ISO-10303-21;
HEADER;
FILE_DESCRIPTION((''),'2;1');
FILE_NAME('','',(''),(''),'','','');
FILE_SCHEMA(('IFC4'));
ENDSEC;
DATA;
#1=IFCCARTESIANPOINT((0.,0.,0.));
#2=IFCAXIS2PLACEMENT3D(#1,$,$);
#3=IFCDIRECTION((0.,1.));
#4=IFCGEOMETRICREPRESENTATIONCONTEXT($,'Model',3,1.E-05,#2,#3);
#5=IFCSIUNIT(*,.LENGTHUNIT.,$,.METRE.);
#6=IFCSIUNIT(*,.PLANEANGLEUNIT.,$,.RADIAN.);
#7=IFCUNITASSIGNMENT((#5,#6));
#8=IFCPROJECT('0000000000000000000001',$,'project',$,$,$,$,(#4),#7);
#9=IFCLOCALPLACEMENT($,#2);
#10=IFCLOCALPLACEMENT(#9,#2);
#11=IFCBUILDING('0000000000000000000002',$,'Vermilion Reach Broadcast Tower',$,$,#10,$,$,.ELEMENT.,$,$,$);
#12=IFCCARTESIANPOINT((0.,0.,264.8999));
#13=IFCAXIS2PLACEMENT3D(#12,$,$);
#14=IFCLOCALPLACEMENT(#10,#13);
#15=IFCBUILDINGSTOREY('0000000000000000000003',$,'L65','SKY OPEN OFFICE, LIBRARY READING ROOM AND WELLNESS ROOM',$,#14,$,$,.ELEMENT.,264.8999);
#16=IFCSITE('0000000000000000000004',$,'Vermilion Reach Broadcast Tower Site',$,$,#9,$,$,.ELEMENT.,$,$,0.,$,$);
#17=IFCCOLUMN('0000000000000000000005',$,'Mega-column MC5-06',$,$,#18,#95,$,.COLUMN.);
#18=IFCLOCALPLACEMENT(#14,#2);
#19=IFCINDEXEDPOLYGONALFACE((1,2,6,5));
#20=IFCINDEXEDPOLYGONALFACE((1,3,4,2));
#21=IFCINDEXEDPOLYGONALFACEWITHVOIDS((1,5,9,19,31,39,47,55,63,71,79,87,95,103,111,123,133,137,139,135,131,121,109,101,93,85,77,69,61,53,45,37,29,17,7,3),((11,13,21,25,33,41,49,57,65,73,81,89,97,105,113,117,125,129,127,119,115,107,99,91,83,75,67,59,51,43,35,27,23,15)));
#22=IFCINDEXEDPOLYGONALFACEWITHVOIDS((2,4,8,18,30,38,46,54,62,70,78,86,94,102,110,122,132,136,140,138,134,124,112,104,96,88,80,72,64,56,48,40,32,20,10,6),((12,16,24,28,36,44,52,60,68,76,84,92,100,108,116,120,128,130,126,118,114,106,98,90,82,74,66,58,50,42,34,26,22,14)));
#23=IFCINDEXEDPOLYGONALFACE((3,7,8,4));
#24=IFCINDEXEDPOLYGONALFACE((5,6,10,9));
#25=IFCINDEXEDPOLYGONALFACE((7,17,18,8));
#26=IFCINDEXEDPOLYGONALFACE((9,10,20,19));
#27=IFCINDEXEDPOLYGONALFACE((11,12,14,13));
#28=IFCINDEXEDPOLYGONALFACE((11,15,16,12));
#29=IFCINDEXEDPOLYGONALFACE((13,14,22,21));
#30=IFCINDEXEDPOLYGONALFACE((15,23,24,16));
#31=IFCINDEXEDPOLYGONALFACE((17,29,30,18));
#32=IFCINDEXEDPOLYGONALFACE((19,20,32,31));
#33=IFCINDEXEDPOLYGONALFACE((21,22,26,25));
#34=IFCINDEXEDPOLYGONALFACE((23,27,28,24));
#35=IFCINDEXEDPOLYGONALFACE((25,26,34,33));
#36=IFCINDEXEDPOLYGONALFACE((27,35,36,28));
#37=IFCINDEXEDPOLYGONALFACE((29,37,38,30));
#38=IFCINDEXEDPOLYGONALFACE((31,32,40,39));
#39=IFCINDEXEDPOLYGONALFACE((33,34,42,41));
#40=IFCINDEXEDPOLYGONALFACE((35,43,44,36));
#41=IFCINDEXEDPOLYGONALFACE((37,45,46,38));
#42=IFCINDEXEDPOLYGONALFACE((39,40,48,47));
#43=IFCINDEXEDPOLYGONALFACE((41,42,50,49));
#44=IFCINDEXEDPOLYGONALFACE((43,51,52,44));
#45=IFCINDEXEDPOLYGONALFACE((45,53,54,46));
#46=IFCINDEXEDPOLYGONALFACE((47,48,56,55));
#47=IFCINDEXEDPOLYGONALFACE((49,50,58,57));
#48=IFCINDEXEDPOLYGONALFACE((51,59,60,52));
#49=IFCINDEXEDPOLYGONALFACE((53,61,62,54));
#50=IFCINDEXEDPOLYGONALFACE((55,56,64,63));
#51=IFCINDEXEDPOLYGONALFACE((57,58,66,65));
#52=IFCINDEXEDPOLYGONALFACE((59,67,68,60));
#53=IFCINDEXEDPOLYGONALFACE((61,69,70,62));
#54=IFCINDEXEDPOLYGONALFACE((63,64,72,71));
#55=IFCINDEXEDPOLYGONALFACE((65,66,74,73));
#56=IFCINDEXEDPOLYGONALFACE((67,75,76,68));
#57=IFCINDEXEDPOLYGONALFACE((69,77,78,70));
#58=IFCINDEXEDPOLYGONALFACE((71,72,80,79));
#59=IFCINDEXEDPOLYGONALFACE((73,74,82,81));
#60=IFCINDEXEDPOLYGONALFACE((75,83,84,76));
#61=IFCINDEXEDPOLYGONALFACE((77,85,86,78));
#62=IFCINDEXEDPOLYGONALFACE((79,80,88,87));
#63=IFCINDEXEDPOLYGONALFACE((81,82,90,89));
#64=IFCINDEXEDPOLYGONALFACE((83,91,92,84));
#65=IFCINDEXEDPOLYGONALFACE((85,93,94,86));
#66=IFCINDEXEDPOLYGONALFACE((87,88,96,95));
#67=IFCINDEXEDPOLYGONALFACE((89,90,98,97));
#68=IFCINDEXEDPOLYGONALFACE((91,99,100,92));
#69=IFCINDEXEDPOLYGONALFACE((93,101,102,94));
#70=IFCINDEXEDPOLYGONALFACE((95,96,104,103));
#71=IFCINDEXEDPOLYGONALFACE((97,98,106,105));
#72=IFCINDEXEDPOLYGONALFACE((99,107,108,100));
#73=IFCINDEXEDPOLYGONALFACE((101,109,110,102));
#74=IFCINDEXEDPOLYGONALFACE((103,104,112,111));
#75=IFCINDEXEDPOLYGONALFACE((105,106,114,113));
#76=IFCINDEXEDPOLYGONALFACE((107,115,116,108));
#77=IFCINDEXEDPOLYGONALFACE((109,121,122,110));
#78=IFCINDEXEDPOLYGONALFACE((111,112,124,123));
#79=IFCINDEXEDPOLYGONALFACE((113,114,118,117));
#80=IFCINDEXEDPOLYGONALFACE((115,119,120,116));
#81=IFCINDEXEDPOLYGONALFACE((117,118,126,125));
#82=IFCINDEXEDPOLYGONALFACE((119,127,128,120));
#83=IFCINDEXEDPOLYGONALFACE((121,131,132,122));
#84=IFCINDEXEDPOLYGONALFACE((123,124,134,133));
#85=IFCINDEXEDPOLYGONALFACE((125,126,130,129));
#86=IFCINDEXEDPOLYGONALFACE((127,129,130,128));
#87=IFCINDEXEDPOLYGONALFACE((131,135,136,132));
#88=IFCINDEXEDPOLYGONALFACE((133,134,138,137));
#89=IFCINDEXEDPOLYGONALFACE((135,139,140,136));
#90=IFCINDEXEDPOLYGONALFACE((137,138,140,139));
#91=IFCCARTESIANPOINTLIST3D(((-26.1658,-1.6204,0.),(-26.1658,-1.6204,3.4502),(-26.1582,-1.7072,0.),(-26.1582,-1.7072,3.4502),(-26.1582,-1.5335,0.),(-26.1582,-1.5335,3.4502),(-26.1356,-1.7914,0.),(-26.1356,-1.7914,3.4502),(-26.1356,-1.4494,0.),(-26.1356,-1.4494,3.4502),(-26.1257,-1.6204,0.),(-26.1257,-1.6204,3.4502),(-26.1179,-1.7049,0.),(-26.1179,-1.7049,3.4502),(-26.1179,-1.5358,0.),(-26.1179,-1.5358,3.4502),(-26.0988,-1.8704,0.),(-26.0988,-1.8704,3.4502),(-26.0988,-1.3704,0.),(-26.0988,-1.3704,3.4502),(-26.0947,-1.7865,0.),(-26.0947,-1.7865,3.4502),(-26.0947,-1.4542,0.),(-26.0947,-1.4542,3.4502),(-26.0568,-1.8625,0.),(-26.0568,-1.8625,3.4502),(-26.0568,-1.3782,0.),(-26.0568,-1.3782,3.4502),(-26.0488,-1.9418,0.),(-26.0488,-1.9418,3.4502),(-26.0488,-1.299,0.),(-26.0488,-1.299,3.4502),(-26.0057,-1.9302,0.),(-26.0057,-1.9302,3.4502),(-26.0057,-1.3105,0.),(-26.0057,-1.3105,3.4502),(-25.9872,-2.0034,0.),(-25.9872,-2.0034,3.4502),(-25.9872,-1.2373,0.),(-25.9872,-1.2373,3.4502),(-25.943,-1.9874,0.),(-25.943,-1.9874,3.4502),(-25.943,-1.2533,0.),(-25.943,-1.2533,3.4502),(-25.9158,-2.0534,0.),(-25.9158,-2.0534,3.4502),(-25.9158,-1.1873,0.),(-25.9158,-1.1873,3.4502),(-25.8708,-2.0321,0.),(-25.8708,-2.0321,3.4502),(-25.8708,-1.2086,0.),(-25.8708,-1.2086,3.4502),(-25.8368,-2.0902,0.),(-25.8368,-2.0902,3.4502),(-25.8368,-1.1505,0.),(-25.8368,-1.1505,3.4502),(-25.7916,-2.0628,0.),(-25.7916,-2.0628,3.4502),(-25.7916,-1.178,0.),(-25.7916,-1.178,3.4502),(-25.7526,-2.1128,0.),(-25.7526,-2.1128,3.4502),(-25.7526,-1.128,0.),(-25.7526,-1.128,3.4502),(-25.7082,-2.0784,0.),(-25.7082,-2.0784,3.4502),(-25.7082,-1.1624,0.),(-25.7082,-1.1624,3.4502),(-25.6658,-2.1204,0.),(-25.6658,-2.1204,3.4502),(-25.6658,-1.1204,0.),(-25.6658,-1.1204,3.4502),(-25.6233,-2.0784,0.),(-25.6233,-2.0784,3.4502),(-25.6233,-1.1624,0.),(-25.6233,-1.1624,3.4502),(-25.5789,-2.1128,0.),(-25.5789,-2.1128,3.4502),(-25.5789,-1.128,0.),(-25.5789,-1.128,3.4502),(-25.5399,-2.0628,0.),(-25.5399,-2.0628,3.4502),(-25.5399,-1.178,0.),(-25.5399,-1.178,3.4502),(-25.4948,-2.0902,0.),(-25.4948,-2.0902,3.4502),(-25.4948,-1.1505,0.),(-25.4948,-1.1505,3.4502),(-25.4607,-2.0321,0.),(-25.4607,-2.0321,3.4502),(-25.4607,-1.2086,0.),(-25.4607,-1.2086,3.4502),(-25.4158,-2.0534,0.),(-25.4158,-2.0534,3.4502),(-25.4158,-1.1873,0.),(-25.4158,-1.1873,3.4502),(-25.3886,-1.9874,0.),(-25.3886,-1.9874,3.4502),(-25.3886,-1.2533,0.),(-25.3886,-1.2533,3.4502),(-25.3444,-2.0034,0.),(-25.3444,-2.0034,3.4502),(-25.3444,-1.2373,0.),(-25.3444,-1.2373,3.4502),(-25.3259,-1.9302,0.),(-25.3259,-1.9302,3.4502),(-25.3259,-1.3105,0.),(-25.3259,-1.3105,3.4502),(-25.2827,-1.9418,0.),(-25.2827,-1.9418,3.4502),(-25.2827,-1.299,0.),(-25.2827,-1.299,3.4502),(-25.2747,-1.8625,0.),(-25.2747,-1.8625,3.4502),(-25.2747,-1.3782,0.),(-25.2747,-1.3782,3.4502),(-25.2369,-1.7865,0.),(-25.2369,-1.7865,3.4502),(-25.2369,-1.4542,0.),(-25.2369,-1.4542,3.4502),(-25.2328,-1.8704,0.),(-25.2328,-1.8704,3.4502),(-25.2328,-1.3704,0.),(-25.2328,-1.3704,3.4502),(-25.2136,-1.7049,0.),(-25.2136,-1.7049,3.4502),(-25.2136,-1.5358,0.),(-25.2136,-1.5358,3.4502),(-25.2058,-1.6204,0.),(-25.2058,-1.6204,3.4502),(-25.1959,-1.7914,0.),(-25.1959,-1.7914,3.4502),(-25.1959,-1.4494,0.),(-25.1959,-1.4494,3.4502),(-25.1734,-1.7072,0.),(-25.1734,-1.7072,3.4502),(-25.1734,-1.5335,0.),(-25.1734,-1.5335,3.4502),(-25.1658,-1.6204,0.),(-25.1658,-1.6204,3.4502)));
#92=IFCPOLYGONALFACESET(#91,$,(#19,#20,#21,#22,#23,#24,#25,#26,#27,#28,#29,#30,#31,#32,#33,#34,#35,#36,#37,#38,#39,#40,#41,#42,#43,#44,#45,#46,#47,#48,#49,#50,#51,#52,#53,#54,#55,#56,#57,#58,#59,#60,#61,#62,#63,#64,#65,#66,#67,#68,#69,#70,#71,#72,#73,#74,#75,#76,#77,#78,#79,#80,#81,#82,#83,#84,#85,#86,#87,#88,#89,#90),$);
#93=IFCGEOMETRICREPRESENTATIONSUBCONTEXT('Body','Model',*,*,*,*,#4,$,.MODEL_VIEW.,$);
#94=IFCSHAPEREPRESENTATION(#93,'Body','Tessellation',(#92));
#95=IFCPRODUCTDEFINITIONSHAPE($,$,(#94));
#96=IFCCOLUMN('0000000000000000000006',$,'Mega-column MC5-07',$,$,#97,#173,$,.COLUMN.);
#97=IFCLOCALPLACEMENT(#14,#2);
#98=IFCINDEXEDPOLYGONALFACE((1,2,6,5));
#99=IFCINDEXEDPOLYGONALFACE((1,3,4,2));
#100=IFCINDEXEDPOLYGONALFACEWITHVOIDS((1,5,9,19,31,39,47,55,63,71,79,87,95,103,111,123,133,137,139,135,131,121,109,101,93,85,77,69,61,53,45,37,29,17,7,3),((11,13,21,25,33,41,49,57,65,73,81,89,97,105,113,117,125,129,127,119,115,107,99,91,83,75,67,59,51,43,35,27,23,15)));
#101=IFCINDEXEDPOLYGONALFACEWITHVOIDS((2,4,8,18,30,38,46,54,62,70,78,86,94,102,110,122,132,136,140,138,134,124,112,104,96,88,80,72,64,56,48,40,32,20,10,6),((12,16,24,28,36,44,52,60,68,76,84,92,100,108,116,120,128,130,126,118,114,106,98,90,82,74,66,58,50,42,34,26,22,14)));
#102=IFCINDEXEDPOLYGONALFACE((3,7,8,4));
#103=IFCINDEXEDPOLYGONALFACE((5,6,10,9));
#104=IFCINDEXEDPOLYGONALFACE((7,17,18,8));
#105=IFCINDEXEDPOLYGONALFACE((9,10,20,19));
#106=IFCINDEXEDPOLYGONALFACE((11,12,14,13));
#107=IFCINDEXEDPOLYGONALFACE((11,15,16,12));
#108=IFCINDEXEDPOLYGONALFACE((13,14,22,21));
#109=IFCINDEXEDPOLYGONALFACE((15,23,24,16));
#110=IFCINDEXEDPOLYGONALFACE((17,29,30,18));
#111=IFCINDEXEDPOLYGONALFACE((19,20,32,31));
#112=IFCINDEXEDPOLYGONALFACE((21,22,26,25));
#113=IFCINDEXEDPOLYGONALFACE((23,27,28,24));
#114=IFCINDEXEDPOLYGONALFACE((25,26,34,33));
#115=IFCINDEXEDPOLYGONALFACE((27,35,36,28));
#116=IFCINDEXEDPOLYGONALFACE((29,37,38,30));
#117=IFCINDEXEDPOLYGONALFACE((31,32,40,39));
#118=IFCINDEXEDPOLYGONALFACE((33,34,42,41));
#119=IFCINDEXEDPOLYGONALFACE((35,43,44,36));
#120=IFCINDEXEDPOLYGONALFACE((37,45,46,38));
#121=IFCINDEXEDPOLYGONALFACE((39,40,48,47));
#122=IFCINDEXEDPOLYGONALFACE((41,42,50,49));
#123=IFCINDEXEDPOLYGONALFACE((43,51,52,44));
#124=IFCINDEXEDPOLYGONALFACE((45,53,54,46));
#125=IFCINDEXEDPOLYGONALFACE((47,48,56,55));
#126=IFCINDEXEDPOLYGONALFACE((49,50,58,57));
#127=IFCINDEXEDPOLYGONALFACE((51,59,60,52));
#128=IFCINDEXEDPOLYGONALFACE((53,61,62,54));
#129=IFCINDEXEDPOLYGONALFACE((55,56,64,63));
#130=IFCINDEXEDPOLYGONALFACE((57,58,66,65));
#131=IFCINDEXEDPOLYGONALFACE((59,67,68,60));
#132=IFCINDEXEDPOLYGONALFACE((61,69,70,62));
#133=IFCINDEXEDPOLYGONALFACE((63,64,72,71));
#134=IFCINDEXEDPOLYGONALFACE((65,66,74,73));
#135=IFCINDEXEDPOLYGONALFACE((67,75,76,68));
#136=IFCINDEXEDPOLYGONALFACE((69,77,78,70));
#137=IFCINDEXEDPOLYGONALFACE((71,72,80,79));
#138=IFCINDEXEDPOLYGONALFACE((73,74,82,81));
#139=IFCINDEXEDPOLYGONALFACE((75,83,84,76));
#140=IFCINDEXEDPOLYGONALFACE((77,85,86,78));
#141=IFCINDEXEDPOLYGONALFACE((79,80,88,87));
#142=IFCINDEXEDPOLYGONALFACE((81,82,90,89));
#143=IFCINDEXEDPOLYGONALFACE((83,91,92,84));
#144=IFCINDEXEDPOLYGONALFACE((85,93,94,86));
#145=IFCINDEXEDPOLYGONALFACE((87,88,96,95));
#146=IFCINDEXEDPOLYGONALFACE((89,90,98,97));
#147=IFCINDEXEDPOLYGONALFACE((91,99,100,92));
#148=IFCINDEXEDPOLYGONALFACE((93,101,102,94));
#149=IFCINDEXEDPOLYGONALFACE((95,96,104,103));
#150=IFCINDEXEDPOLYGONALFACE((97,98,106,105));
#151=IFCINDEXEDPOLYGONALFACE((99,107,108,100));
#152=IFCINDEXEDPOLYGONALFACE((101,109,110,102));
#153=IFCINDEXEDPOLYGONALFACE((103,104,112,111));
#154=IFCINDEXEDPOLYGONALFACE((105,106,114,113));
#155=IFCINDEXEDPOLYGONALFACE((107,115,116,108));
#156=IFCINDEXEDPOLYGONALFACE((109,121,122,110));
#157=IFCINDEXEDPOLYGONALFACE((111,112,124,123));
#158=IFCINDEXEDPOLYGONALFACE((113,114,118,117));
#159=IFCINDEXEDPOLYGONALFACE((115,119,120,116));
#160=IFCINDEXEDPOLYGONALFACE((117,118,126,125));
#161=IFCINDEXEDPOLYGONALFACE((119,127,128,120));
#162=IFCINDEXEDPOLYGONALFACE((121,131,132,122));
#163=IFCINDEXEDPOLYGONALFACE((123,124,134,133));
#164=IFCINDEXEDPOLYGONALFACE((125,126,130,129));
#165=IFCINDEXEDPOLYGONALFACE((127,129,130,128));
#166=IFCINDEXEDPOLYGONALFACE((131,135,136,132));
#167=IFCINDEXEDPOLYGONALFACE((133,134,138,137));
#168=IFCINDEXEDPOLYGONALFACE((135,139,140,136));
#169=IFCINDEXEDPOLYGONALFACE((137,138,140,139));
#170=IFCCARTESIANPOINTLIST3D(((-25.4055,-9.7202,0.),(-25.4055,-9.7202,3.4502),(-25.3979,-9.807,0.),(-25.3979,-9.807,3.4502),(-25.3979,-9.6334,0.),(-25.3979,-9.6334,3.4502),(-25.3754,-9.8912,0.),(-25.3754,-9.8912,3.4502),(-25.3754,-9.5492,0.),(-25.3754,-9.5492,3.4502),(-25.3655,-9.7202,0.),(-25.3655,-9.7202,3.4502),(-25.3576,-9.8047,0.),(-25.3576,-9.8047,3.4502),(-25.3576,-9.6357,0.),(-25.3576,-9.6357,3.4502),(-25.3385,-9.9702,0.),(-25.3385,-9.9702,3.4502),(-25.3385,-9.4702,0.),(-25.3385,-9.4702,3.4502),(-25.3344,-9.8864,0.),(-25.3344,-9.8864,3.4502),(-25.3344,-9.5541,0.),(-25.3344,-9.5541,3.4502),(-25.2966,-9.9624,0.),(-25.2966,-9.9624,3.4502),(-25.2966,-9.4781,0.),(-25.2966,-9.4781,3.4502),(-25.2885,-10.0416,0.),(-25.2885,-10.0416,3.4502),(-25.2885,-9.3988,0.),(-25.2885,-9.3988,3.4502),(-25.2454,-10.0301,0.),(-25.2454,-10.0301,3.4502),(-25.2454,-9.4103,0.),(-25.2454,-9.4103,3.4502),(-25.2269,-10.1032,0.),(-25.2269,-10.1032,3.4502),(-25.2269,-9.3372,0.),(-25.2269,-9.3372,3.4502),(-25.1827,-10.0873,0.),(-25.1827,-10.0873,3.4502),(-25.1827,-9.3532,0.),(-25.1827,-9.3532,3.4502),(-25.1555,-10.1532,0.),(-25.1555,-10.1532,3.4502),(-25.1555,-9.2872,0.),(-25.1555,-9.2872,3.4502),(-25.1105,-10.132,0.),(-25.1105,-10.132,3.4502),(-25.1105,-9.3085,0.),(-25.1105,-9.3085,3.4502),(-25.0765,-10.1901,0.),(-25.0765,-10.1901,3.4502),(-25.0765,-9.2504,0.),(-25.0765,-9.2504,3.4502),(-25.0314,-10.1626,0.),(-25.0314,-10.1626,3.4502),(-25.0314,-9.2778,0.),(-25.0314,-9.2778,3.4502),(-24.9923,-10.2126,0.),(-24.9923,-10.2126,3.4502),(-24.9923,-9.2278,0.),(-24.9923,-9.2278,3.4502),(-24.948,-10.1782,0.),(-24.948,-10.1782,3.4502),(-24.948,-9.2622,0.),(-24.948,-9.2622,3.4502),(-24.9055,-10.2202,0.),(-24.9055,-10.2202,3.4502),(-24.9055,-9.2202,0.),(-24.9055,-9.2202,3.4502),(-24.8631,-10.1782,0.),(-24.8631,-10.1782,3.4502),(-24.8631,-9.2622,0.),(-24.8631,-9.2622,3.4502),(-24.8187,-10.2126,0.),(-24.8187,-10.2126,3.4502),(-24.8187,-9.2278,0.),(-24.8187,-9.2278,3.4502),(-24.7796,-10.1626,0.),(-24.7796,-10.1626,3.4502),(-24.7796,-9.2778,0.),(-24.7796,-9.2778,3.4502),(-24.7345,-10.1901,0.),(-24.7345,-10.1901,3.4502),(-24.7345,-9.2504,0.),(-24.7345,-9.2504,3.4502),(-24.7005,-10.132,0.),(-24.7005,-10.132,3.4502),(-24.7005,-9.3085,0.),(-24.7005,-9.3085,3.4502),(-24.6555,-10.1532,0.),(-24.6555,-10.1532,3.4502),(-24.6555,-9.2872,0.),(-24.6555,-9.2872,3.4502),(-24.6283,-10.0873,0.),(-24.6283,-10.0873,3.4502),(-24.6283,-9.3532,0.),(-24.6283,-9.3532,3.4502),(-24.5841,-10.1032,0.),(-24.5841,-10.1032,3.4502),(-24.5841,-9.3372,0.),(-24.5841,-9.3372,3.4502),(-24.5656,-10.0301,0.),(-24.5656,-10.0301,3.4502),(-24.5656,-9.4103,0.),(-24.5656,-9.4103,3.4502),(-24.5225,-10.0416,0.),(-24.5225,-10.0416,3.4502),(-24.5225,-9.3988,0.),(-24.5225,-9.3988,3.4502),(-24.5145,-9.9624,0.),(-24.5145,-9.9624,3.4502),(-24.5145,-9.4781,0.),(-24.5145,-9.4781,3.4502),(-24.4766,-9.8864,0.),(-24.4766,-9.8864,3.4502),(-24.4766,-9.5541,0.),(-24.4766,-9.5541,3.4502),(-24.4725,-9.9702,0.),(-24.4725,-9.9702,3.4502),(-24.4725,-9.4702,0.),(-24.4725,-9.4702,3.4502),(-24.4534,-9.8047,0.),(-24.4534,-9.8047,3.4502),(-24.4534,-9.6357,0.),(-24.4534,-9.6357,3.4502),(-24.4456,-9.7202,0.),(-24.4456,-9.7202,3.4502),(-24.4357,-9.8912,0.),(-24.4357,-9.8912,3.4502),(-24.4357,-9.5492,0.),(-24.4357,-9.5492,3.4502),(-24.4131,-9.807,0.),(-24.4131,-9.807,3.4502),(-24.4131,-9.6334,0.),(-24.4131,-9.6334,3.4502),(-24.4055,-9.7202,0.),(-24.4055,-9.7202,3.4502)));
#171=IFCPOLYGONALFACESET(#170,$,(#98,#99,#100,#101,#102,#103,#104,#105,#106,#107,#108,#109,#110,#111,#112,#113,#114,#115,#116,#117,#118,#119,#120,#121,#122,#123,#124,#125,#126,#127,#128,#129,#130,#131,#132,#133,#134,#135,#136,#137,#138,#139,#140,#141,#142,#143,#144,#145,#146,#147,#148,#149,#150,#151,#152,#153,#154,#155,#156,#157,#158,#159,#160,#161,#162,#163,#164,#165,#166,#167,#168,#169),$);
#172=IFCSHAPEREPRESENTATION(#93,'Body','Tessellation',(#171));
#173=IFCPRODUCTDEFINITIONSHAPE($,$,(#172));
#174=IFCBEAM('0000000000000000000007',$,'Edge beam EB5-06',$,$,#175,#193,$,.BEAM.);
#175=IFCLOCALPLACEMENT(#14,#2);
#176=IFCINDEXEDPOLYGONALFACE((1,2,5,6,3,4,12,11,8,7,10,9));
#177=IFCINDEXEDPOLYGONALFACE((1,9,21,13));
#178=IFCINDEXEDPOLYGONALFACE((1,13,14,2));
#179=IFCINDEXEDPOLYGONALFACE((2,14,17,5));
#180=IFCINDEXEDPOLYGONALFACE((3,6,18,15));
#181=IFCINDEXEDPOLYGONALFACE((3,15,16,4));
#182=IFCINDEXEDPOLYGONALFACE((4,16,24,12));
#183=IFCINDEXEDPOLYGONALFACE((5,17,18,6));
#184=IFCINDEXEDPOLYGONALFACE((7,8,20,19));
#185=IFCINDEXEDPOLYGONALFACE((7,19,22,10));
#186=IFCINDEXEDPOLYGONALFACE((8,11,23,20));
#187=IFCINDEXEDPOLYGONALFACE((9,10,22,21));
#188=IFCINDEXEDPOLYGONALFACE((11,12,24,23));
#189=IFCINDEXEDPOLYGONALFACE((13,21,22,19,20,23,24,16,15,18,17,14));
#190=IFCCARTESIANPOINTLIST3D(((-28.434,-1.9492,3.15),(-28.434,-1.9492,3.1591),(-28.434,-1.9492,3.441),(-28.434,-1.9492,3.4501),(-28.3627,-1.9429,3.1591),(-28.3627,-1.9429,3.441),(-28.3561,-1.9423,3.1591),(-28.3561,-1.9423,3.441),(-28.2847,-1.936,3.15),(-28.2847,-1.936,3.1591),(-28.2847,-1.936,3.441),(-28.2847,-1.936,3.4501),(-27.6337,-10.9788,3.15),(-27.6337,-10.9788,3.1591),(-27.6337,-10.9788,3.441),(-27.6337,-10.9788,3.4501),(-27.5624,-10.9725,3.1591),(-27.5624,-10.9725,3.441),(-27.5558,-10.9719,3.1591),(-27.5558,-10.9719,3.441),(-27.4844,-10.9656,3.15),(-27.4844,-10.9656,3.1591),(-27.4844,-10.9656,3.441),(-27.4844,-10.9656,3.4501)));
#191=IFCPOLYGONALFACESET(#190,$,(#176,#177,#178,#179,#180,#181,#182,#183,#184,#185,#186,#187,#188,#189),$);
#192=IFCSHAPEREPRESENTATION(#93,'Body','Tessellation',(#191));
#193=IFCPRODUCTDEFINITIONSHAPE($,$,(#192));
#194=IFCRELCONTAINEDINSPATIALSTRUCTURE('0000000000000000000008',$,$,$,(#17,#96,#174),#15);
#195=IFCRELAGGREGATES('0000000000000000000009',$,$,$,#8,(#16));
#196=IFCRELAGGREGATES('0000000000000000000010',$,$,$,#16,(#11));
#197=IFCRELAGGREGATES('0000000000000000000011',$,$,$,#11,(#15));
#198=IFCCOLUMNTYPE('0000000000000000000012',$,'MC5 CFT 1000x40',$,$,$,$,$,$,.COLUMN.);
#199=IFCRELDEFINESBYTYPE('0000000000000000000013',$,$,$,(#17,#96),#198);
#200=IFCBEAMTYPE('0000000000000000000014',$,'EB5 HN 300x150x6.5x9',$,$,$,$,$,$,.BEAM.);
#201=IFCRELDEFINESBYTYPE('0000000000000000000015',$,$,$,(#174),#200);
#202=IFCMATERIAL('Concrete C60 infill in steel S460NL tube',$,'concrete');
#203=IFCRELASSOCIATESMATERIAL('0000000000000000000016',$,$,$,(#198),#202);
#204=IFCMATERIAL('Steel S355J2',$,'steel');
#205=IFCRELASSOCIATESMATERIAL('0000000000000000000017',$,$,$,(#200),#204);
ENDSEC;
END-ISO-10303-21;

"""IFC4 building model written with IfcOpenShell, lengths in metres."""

from ifc_helpers import new_model, si_unit, direction, frame, origin, origin_2d, place, context, subcontext, project, spatial, hollow_circle, i_section, extrude, material, material_profile, profile_set, type_object, element, save


model = new_model("IFC4")

# Units and contexts
model_context = context("Model", 3, precision=1e-05, world=origin(), true_north=direction((0.0, 1.0)))
body_context = subcontext(model_context, "Body", "Model", "MODEL_VIEW")
ifc_project = project(units=[si_unit("LENGTHUNIT", "METRE"), si_unit("PLANEANGLEUNIT", "RADIAN")], contexts=[model_context])

# Site, building, storey
site_placement = place(None, origin())
site = spatial("IfcSite", under=ifc_project, at=site_placement, Name="Vermilion Reach Broadcast Tower Site", CompositionType="ELEMENT", RefElevation=0.0)
building_placement = place(site_placement, origin())
building = spatial("IfcBuilding", under=site, at=building_placement, Name="Vermilion Reach Broadcast Tower", CompositionType="ELEMENT")
storey_placement = place(building_placement, frame((0.0, 0.0, 264.8999)))
storey = spatial("IfcBuildingStorey", under=building, at=storey_placement, Name="L65", Description="SKY OPEN OFFICE, LIBRARY READING ROOM AND WELLNESS ROOM", CompositionType="ELEMENT", Elevation=264.8999)

# Columns
ifc_material_1 = material(Name="Concrete C60 infill in steel S460NL tube", Category="concrete")
ifc_material_profile_1 = material_profile(ifc_material_1, hollow_circle(Radius=0.5, WallThickness=0.04, at=origin_2d()), Name="Concrete C60 infill in steel S460NL tube CFT 1000x40")
ifc_profile_set_1 = profile_set([ifc_material_profile_1], Name="Concrete C60 infill in steel S460NL tube")
column_type = type_object("IfcColumnType", Name="MC5 CFT 1000x40", PredefinedType="COLUMN", material=ifc_profile_set_1)
for number, where, z_axis, x_axis, name in (
    (1, (-25.6658, -1.6204, 0.0), (0.0, 0.0, 1.0), (1.0, 0.0, 0.0), "Mega-column MC5-06"),
    (2, (-24.9055, -9.7202, 0.0), (0.0, 0.0, 1.0), (1.0, 0.0, 0.0), "Mega-column MC5-07"),
):
    element("IfcColumn", number, at=place(storey_placement, frame(where, z_axis=z_axis, x_axis=x_axis)), inside=storey, type_object=column_type, Name=name, PredefinedType="COLUMN", context=body_context, shape_type="SweptSolid", body=[
        extrude(hollow_circle(Radius=0.5, WallThickness=0.04, at=origin_2d()), origin(), (0.0, 0.0, 1.0), 3.4502),
    ])

# Beam
ifc_material_2 = material(Name="Steel S355J2", Category="steel")
ifc_material_profile_2 = material_profile(ifc_material_2, i_section(OverallWidth=0.1499, OverallDepth=0.3, WebThickness=0.0066, FlangeThickness=0.009, at=origin_2d()), Name="S355J2 HN 300x150x6.5x9")
ifc_profile_set_2 = profile_set([ifc_material_profile_2], Name="Steel S355J2")
beam_type_1 = type_object("IfcBeamType", Name="EB5 HN 300x150x6.5x9", PredefinedType="BEAM", material=ifc_profile_set_2)
beam_1_placement = place(storey_placement, frame((-28.3594, -1.9426, 3.3), z_axis=(0.088284, -0.996095, 0.0), x_axis=(0.996095, 0.088284, 0.0)))
element("IfcBeam", 3, at=beam_1_placement, inside=storey, type_object=beam_type_1, Name="Edge beam EB5-06", PredefinedType="BEAM", context=body_context, shape_type="SweptSolid", body=[
    extrude(i_section(OverallWidth=0.1499, OverallDepth=0.3, WebThickness=0.0066, FlangeThickness=0.009, at=origin_2d()), origin(), (0.0, 0.0, 1.0), 9.0649),
])

save(model, "model.ifc")
